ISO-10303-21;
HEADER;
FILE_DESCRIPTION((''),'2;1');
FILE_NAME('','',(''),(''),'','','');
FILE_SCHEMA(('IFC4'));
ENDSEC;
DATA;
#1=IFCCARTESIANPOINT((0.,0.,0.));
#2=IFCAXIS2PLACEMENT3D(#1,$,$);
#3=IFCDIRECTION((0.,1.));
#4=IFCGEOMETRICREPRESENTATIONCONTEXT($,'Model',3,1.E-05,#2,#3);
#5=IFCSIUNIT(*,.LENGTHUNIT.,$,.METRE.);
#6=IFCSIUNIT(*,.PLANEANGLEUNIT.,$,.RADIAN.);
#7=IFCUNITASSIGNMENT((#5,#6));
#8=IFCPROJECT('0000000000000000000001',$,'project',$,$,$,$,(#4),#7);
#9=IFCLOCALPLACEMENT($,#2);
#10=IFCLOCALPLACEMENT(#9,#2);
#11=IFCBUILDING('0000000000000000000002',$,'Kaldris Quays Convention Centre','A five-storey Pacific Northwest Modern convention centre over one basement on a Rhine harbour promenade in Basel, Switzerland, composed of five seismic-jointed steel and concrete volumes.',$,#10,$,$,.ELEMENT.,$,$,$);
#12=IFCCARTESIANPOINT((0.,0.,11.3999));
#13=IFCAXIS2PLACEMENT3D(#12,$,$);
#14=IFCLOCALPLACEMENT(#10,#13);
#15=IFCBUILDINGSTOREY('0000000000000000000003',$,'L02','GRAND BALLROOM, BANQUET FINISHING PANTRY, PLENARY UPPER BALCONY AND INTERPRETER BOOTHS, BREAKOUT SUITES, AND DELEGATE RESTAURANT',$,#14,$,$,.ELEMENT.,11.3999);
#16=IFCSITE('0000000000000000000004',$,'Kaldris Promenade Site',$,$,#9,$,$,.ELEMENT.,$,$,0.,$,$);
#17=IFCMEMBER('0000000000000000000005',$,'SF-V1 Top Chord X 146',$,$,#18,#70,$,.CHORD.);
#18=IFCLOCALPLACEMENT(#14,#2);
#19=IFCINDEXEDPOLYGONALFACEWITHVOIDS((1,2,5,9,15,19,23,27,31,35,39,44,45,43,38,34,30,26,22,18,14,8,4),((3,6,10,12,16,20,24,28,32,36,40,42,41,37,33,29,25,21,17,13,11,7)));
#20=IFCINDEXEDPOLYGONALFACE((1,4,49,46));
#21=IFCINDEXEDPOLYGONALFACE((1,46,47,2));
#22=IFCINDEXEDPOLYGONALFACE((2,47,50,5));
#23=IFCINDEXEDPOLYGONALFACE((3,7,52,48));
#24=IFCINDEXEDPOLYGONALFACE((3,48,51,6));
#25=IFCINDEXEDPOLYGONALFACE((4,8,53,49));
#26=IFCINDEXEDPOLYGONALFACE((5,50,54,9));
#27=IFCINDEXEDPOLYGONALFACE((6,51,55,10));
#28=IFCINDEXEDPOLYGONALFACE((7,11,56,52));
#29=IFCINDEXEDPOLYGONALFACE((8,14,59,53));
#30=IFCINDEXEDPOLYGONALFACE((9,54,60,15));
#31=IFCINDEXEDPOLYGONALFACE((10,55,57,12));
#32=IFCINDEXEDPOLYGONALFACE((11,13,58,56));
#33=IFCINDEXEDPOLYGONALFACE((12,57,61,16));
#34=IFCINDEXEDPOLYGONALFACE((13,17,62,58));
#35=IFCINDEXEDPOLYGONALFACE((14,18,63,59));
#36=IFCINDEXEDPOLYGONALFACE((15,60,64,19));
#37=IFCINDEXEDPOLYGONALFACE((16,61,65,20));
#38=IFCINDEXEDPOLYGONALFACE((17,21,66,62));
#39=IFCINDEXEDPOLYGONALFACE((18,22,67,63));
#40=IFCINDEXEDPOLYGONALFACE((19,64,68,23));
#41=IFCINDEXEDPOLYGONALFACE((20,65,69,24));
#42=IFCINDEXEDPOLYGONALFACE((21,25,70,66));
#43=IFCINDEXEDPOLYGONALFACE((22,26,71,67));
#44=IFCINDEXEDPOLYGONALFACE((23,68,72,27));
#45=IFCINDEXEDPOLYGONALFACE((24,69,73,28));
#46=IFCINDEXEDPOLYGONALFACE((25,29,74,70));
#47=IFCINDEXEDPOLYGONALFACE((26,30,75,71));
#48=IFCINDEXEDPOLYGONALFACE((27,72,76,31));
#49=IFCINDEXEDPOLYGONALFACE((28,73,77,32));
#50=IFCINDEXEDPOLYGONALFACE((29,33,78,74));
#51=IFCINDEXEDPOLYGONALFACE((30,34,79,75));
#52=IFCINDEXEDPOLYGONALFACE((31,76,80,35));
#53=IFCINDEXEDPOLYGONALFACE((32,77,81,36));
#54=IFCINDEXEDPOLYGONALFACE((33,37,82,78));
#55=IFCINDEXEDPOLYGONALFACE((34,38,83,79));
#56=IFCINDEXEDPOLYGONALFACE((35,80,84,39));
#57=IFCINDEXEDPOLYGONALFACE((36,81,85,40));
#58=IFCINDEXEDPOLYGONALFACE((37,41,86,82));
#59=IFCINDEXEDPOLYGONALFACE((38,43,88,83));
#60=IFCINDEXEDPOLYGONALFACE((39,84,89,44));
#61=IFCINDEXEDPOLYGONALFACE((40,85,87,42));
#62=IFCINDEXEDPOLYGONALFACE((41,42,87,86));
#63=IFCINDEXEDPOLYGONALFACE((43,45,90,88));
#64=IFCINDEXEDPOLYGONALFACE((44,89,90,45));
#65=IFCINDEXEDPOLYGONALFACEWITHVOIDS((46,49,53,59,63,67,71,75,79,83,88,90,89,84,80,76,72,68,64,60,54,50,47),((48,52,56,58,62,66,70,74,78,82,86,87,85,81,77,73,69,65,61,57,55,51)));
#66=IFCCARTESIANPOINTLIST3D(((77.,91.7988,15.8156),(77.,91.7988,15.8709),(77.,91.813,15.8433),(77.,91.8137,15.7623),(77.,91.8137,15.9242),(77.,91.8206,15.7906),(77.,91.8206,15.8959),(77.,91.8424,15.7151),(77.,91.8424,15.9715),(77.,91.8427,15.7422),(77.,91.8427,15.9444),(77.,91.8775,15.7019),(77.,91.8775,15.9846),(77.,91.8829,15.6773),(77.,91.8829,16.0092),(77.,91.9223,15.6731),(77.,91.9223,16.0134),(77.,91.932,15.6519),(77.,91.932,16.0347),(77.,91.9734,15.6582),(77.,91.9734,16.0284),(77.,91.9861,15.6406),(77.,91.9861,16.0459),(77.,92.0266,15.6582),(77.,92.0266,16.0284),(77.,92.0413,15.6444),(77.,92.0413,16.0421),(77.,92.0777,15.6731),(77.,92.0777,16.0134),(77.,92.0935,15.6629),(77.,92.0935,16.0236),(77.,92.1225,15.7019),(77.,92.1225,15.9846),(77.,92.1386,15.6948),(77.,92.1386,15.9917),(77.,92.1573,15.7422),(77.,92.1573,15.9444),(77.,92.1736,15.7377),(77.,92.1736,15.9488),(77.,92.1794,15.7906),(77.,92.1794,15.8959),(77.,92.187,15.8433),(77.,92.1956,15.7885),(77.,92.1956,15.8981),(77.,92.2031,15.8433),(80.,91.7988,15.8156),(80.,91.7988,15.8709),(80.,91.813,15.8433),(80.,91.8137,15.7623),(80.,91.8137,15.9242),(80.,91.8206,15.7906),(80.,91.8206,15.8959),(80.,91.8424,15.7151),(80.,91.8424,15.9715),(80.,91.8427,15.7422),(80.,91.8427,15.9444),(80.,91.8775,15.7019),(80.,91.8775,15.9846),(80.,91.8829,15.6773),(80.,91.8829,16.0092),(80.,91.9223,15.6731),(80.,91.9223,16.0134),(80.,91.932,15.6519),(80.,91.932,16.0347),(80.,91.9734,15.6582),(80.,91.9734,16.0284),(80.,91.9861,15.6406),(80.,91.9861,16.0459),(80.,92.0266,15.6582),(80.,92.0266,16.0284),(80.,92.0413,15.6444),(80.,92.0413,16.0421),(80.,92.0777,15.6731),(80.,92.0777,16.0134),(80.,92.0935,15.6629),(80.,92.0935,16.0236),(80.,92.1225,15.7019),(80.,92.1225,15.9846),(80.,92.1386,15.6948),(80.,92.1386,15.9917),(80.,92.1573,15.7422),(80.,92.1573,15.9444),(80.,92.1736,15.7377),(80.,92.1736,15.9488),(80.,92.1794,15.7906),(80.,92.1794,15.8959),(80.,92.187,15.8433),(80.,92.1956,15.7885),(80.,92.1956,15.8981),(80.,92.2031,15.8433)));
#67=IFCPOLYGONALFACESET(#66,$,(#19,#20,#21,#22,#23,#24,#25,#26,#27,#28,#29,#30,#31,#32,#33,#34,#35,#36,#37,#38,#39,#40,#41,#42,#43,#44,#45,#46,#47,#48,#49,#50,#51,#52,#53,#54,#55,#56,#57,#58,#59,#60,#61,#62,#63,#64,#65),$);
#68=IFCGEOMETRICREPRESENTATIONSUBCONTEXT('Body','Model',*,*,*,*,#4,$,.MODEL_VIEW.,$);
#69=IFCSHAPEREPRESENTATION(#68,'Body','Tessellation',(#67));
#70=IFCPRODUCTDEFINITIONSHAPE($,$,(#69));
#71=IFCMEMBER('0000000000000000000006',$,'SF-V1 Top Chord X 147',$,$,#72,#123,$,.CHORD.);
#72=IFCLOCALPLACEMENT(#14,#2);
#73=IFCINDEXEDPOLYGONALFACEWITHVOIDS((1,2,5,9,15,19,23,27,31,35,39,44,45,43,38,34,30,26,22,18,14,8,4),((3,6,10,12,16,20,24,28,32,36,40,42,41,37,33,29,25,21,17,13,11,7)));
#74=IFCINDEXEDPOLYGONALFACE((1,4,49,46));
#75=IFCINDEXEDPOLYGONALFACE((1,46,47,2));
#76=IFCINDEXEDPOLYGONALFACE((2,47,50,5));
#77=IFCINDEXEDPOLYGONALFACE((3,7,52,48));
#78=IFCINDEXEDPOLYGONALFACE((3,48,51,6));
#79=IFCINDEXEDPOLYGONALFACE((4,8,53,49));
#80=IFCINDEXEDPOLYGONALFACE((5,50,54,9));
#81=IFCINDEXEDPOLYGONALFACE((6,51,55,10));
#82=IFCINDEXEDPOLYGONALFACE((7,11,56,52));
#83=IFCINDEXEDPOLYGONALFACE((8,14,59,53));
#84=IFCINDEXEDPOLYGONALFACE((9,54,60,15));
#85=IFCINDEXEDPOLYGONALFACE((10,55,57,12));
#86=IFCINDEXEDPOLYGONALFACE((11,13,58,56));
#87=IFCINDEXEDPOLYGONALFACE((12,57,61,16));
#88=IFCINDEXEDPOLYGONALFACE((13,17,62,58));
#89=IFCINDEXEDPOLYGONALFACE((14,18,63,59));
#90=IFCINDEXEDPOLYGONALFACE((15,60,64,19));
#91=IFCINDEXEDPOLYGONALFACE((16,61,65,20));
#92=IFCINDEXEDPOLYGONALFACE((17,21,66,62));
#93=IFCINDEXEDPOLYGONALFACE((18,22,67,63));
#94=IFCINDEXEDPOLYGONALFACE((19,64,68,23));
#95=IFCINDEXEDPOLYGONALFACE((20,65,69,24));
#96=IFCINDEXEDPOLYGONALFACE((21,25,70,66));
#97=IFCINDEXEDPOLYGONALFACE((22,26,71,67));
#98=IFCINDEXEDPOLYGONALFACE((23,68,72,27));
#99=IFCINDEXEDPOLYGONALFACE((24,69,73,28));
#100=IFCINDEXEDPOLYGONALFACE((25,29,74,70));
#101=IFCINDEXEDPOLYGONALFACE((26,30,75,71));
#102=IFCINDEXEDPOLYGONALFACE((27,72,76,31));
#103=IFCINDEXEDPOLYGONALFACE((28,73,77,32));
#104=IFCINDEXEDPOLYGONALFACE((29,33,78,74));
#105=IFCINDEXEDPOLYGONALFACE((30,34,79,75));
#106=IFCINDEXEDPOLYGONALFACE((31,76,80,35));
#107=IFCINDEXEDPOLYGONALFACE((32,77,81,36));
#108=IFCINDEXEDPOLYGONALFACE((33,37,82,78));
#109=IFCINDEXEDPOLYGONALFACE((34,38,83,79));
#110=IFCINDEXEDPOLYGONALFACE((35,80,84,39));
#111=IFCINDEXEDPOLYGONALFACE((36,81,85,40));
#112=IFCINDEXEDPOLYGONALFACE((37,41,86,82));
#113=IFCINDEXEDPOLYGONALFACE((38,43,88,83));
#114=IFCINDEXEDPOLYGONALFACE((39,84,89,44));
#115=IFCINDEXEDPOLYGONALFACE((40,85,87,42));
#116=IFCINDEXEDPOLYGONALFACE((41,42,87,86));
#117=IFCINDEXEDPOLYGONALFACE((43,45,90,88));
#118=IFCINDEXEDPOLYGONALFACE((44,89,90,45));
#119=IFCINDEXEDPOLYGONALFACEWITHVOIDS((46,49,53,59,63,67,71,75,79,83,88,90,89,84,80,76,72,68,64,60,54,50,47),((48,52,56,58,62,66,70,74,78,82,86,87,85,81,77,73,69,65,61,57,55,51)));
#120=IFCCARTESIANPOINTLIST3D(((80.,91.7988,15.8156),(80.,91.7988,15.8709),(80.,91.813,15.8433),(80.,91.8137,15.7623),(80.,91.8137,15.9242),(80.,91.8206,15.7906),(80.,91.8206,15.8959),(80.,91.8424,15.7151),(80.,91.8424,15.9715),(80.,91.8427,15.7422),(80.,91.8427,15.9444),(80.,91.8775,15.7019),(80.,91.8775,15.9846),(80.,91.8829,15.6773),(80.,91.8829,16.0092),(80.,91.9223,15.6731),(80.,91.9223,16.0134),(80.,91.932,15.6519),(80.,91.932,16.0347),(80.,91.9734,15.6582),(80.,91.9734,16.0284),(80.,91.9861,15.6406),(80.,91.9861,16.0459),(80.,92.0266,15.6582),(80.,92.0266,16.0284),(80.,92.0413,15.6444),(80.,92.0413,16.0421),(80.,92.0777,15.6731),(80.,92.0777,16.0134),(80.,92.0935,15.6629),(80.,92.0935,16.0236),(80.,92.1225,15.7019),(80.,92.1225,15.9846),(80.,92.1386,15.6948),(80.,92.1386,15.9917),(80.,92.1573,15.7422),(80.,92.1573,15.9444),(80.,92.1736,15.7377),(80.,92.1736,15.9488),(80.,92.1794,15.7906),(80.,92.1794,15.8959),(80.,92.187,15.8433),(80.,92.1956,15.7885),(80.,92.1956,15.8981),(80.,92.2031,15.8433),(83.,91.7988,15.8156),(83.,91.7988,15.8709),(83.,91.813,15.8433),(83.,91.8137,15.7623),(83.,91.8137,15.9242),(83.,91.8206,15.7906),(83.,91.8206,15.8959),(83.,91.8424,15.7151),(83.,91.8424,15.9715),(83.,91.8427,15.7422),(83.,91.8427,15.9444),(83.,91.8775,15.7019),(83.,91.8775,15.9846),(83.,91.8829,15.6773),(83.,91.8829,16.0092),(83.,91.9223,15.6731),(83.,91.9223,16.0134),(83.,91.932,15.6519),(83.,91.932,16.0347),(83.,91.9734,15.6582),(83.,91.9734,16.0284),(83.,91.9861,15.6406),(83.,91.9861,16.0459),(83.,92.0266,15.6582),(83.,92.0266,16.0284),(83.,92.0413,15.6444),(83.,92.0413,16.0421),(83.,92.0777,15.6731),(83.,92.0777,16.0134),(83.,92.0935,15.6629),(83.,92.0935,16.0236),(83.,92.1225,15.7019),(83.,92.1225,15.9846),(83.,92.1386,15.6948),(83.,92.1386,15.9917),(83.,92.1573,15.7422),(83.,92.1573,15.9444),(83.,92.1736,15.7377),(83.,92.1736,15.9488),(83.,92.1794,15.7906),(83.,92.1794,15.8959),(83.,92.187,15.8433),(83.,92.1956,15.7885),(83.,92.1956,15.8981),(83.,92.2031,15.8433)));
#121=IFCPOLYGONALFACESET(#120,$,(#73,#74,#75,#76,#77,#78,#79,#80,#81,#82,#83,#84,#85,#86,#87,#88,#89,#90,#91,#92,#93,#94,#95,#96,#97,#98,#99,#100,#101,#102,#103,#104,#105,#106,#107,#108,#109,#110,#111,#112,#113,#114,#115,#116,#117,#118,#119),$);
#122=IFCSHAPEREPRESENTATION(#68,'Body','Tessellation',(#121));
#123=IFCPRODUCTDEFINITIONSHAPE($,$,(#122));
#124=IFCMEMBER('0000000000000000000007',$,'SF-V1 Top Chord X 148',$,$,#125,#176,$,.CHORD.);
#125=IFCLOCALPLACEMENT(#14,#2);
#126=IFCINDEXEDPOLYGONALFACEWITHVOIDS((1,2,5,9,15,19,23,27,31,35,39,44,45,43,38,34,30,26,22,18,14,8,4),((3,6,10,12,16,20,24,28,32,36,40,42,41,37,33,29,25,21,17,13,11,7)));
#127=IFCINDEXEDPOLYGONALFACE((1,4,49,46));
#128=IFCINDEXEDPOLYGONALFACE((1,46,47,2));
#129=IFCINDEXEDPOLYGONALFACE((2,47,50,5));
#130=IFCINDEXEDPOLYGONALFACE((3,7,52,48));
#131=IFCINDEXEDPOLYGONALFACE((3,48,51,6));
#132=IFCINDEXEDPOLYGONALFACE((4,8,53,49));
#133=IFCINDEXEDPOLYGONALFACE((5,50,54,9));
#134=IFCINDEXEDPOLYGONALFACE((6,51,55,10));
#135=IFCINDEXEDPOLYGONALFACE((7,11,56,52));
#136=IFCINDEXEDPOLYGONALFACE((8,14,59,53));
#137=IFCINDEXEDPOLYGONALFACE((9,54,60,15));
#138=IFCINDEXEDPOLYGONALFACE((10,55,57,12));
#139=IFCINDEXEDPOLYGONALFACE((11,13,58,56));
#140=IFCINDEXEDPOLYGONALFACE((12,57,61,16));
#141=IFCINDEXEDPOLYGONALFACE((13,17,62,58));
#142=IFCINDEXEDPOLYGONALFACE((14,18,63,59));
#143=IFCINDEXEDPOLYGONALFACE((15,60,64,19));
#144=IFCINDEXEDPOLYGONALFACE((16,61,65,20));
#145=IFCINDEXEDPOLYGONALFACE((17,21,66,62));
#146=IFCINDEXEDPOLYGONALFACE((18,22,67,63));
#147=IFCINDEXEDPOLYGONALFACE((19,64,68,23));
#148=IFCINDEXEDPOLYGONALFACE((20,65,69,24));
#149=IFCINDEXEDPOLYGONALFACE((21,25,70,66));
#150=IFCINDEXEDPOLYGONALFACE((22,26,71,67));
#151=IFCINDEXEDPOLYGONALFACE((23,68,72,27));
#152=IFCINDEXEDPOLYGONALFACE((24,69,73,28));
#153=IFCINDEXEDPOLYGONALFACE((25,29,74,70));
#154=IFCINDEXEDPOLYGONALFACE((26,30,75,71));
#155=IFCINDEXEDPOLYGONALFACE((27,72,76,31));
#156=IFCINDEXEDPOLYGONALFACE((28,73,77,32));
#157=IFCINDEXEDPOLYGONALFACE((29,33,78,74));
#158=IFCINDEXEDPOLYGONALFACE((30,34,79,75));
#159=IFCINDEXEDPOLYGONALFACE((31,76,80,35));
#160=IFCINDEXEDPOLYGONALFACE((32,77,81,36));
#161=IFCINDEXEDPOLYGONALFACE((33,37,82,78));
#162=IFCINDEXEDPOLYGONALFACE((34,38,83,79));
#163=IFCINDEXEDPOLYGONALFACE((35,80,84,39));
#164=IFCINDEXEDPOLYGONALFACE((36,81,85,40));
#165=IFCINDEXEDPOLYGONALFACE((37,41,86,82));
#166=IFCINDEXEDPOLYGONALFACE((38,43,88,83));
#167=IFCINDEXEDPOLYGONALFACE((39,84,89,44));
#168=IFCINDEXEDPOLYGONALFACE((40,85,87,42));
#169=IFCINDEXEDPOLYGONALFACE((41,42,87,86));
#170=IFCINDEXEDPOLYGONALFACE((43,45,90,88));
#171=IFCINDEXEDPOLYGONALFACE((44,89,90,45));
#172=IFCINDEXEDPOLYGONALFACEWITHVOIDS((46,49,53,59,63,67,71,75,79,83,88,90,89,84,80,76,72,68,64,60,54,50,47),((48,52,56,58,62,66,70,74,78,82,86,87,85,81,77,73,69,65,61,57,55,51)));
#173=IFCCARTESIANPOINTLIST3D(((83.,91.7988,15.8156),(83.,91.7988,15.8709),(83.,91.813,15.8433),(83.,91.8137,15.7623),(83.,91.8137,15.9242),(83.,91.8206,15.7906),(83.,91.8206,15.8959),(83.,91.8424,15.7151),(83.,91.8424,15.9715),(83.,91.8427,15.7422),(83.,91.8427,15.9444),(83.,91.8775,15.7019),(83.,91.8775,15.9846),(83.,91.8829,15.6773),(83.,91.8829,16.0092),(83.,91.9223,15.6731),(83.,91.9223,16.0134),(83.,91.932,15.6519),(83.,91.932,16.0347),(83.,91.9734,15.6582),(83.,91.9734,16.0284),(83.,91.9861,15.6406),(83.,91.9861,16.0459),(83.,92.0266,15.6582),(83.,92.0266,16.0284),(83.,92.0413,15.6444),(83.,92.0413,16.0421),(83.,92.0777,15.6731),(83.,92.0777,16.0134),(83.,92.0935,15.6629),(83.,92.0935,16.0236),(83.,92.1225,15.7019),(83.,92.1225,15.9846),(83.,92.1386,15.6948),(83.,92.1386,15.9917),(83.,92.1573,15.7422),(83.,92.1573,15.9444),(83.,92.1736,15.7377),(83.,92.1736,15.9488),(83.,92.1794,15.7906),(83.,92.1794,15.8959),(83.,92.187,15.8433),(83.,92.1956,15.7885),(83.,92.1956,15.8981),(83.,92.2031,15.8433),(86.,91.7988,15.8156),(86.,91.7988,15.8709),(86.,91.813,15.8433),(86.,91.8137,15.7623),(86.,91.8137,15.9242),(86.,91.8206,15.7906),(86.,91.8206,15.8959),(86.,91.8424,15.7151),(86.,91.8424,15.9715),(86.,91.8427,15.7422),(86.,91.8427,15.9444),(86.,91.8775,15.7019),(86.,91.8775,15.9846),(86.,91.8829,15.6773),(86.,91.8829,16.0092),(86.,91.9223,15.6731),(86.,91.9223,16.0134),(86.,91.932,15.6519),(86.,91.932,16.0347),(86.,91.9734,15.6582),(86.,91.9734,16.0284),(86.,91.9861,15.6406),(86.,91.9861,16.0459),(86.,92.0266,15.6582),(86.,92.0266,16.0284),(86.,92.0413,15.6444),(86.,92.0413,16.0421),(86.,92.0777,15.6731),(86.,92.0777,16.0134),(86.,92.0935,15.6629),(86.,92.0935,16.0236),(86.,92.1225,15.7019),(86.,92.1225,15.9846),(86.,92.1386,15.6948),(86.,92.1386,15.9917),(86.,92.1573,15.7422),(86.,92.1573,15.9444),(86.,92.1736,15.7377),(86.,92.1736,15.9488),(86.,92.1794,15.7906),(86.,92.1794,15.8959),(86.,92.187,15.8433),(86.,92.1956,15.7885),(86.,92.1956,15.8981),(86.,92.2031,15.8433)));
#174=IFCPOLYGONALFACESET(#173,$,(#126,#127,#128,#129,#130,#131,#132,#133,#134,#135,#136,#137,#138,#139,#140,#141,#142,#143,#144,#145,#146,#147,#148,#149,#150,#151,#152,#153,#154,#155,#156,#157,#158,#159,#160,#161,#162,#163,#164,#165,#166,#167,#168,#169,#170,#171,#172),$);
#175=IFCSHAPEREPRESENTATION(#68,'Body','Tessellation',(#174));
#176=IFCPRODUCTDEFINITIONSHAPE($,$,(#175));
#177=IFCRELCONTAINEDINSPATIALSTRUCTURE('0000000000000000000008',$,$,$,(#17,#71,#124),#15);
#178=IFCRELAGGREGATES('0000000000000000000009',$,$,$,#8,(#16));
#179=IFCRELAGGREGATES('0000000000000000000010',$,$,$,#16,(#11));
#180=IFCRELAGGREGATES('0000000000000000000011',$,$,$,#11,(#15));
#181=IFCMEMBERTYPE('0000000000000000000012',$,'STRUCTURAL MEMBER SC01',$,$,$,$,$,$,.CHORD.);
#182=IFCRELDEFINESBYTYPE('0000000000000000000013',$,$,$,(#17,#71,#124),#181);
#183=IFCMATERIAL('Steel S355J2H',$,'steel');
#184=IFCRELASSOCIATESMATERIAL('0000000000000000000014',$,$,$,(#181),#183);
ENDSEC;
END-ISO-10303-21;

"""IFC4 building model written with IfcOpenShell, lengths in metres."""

from ifc_helpers import new_model, si_unit, direction, frame, origin, origin_2d, place, context, subcontext, project, spatial, hollow_circle, extrude, material, material_profile, profile_set, type_object, element, save


model = new_model("IFC4")

# Units and contexts
model_context = context("Model", 3, precision=1e-05, world=origin(), true_north=direction((0.0, 1.0)))
body_context = subcontext(model_context, "Body", "Model", "MODEL_VIEW")
ifc_project = project(units=[si_unit("LENGTHUNIT", "METRE"), si_unit("PLANEANGLEUNIT", "RADIAN")], contexts=[model_context])

# Site, building, storey
site_placement = place(None, origin())
site = spatial("IfcSite", under=ifc_project, at=site_placement, Name="Kaldris Promenade Site", CompositionType="ELEMENT", RefElevation=0.0)
building_placement = place(site_placement, origin())
building = spatial("IfcBuilding", under=site, at=building_placement, Name="Kaldris Quays Convention Centre", Description="A five-storey Pacific Northwest Modern convention centre over one basement on a Rhine harbour promenade in Basel, Switzerland, composed of five seismic-jointed steel and concrete volumes.", CompositionType="ELEMENT")
storey_placement = place(building_placement, frame((0.0, 0.0, 11.3999)))
storey = spatial("IfcBuildingStorey", under=building, at=storey_placement, Name="L02", Description="GRAND BALLROOM, BANQUET FINISHING PANTRY, PLENARY UPPER BALCONY AND INTERPRETER BOOTHS, BREAKOUT SUITES, AND DELEGATE RESTAURANT", CompositionType="ELEMENT", Elevation=11.3999)

# Members
ifc_material_1 = material(Name="Steel S355J2H", Category="steel")
ifc_material_profile_1 = material_profile(ifc_material_1, hollow_circle(Radius=0.2031, WallThickness=0.0161, at=origin_2d()), Name="CHS 406.4x16")
ifc_profile_set_1 = profile_set([ifc_material_profile_1], Name="Steel S355J2H")
member_type_1 = type_object("IfcMemberType", Name="STRUCTURAL MEMBER SC01", PredefinedType="CHORD", material=ifc_profile_set_1)
for number, where, z_axis, x_axis, name in (
    (1, (77.0, 92.0, 15.8433), (1.0, 0.0, 0.0), (0.0, 1.0, 0.0), "SF-V1 Top Chord X 146"),
    (2, (80.0, 92.0, 15.8433), (1.0, 0.0, 0.0), (0.0, 1.0, 0.0), "SF-V1 Top Chord X 147"),
    (3, (83.0, 92.0, 15.8433), (1.0, 0.0, 0.0), (0.0, 1.0, 0.0), "SF-V1 Top Chord X 148"),
):
    element("IfcMember", number, at=place(storey_placement, frame(where, z_axis=z_axis, x_axis=x_axis)), inside=storey, type_object=member_type_1, Name=name, PredefinedType="CHORD", context=body_context, shape_type="SweptSolid", body=[
        extrude(hollow_circle(Radius=0.2031, WallThickness=0.0161, at=origin_2d()), origin(), (0.0, 0.0, 1.0), 3.0),
    ])

save(model, "model.ifc")
